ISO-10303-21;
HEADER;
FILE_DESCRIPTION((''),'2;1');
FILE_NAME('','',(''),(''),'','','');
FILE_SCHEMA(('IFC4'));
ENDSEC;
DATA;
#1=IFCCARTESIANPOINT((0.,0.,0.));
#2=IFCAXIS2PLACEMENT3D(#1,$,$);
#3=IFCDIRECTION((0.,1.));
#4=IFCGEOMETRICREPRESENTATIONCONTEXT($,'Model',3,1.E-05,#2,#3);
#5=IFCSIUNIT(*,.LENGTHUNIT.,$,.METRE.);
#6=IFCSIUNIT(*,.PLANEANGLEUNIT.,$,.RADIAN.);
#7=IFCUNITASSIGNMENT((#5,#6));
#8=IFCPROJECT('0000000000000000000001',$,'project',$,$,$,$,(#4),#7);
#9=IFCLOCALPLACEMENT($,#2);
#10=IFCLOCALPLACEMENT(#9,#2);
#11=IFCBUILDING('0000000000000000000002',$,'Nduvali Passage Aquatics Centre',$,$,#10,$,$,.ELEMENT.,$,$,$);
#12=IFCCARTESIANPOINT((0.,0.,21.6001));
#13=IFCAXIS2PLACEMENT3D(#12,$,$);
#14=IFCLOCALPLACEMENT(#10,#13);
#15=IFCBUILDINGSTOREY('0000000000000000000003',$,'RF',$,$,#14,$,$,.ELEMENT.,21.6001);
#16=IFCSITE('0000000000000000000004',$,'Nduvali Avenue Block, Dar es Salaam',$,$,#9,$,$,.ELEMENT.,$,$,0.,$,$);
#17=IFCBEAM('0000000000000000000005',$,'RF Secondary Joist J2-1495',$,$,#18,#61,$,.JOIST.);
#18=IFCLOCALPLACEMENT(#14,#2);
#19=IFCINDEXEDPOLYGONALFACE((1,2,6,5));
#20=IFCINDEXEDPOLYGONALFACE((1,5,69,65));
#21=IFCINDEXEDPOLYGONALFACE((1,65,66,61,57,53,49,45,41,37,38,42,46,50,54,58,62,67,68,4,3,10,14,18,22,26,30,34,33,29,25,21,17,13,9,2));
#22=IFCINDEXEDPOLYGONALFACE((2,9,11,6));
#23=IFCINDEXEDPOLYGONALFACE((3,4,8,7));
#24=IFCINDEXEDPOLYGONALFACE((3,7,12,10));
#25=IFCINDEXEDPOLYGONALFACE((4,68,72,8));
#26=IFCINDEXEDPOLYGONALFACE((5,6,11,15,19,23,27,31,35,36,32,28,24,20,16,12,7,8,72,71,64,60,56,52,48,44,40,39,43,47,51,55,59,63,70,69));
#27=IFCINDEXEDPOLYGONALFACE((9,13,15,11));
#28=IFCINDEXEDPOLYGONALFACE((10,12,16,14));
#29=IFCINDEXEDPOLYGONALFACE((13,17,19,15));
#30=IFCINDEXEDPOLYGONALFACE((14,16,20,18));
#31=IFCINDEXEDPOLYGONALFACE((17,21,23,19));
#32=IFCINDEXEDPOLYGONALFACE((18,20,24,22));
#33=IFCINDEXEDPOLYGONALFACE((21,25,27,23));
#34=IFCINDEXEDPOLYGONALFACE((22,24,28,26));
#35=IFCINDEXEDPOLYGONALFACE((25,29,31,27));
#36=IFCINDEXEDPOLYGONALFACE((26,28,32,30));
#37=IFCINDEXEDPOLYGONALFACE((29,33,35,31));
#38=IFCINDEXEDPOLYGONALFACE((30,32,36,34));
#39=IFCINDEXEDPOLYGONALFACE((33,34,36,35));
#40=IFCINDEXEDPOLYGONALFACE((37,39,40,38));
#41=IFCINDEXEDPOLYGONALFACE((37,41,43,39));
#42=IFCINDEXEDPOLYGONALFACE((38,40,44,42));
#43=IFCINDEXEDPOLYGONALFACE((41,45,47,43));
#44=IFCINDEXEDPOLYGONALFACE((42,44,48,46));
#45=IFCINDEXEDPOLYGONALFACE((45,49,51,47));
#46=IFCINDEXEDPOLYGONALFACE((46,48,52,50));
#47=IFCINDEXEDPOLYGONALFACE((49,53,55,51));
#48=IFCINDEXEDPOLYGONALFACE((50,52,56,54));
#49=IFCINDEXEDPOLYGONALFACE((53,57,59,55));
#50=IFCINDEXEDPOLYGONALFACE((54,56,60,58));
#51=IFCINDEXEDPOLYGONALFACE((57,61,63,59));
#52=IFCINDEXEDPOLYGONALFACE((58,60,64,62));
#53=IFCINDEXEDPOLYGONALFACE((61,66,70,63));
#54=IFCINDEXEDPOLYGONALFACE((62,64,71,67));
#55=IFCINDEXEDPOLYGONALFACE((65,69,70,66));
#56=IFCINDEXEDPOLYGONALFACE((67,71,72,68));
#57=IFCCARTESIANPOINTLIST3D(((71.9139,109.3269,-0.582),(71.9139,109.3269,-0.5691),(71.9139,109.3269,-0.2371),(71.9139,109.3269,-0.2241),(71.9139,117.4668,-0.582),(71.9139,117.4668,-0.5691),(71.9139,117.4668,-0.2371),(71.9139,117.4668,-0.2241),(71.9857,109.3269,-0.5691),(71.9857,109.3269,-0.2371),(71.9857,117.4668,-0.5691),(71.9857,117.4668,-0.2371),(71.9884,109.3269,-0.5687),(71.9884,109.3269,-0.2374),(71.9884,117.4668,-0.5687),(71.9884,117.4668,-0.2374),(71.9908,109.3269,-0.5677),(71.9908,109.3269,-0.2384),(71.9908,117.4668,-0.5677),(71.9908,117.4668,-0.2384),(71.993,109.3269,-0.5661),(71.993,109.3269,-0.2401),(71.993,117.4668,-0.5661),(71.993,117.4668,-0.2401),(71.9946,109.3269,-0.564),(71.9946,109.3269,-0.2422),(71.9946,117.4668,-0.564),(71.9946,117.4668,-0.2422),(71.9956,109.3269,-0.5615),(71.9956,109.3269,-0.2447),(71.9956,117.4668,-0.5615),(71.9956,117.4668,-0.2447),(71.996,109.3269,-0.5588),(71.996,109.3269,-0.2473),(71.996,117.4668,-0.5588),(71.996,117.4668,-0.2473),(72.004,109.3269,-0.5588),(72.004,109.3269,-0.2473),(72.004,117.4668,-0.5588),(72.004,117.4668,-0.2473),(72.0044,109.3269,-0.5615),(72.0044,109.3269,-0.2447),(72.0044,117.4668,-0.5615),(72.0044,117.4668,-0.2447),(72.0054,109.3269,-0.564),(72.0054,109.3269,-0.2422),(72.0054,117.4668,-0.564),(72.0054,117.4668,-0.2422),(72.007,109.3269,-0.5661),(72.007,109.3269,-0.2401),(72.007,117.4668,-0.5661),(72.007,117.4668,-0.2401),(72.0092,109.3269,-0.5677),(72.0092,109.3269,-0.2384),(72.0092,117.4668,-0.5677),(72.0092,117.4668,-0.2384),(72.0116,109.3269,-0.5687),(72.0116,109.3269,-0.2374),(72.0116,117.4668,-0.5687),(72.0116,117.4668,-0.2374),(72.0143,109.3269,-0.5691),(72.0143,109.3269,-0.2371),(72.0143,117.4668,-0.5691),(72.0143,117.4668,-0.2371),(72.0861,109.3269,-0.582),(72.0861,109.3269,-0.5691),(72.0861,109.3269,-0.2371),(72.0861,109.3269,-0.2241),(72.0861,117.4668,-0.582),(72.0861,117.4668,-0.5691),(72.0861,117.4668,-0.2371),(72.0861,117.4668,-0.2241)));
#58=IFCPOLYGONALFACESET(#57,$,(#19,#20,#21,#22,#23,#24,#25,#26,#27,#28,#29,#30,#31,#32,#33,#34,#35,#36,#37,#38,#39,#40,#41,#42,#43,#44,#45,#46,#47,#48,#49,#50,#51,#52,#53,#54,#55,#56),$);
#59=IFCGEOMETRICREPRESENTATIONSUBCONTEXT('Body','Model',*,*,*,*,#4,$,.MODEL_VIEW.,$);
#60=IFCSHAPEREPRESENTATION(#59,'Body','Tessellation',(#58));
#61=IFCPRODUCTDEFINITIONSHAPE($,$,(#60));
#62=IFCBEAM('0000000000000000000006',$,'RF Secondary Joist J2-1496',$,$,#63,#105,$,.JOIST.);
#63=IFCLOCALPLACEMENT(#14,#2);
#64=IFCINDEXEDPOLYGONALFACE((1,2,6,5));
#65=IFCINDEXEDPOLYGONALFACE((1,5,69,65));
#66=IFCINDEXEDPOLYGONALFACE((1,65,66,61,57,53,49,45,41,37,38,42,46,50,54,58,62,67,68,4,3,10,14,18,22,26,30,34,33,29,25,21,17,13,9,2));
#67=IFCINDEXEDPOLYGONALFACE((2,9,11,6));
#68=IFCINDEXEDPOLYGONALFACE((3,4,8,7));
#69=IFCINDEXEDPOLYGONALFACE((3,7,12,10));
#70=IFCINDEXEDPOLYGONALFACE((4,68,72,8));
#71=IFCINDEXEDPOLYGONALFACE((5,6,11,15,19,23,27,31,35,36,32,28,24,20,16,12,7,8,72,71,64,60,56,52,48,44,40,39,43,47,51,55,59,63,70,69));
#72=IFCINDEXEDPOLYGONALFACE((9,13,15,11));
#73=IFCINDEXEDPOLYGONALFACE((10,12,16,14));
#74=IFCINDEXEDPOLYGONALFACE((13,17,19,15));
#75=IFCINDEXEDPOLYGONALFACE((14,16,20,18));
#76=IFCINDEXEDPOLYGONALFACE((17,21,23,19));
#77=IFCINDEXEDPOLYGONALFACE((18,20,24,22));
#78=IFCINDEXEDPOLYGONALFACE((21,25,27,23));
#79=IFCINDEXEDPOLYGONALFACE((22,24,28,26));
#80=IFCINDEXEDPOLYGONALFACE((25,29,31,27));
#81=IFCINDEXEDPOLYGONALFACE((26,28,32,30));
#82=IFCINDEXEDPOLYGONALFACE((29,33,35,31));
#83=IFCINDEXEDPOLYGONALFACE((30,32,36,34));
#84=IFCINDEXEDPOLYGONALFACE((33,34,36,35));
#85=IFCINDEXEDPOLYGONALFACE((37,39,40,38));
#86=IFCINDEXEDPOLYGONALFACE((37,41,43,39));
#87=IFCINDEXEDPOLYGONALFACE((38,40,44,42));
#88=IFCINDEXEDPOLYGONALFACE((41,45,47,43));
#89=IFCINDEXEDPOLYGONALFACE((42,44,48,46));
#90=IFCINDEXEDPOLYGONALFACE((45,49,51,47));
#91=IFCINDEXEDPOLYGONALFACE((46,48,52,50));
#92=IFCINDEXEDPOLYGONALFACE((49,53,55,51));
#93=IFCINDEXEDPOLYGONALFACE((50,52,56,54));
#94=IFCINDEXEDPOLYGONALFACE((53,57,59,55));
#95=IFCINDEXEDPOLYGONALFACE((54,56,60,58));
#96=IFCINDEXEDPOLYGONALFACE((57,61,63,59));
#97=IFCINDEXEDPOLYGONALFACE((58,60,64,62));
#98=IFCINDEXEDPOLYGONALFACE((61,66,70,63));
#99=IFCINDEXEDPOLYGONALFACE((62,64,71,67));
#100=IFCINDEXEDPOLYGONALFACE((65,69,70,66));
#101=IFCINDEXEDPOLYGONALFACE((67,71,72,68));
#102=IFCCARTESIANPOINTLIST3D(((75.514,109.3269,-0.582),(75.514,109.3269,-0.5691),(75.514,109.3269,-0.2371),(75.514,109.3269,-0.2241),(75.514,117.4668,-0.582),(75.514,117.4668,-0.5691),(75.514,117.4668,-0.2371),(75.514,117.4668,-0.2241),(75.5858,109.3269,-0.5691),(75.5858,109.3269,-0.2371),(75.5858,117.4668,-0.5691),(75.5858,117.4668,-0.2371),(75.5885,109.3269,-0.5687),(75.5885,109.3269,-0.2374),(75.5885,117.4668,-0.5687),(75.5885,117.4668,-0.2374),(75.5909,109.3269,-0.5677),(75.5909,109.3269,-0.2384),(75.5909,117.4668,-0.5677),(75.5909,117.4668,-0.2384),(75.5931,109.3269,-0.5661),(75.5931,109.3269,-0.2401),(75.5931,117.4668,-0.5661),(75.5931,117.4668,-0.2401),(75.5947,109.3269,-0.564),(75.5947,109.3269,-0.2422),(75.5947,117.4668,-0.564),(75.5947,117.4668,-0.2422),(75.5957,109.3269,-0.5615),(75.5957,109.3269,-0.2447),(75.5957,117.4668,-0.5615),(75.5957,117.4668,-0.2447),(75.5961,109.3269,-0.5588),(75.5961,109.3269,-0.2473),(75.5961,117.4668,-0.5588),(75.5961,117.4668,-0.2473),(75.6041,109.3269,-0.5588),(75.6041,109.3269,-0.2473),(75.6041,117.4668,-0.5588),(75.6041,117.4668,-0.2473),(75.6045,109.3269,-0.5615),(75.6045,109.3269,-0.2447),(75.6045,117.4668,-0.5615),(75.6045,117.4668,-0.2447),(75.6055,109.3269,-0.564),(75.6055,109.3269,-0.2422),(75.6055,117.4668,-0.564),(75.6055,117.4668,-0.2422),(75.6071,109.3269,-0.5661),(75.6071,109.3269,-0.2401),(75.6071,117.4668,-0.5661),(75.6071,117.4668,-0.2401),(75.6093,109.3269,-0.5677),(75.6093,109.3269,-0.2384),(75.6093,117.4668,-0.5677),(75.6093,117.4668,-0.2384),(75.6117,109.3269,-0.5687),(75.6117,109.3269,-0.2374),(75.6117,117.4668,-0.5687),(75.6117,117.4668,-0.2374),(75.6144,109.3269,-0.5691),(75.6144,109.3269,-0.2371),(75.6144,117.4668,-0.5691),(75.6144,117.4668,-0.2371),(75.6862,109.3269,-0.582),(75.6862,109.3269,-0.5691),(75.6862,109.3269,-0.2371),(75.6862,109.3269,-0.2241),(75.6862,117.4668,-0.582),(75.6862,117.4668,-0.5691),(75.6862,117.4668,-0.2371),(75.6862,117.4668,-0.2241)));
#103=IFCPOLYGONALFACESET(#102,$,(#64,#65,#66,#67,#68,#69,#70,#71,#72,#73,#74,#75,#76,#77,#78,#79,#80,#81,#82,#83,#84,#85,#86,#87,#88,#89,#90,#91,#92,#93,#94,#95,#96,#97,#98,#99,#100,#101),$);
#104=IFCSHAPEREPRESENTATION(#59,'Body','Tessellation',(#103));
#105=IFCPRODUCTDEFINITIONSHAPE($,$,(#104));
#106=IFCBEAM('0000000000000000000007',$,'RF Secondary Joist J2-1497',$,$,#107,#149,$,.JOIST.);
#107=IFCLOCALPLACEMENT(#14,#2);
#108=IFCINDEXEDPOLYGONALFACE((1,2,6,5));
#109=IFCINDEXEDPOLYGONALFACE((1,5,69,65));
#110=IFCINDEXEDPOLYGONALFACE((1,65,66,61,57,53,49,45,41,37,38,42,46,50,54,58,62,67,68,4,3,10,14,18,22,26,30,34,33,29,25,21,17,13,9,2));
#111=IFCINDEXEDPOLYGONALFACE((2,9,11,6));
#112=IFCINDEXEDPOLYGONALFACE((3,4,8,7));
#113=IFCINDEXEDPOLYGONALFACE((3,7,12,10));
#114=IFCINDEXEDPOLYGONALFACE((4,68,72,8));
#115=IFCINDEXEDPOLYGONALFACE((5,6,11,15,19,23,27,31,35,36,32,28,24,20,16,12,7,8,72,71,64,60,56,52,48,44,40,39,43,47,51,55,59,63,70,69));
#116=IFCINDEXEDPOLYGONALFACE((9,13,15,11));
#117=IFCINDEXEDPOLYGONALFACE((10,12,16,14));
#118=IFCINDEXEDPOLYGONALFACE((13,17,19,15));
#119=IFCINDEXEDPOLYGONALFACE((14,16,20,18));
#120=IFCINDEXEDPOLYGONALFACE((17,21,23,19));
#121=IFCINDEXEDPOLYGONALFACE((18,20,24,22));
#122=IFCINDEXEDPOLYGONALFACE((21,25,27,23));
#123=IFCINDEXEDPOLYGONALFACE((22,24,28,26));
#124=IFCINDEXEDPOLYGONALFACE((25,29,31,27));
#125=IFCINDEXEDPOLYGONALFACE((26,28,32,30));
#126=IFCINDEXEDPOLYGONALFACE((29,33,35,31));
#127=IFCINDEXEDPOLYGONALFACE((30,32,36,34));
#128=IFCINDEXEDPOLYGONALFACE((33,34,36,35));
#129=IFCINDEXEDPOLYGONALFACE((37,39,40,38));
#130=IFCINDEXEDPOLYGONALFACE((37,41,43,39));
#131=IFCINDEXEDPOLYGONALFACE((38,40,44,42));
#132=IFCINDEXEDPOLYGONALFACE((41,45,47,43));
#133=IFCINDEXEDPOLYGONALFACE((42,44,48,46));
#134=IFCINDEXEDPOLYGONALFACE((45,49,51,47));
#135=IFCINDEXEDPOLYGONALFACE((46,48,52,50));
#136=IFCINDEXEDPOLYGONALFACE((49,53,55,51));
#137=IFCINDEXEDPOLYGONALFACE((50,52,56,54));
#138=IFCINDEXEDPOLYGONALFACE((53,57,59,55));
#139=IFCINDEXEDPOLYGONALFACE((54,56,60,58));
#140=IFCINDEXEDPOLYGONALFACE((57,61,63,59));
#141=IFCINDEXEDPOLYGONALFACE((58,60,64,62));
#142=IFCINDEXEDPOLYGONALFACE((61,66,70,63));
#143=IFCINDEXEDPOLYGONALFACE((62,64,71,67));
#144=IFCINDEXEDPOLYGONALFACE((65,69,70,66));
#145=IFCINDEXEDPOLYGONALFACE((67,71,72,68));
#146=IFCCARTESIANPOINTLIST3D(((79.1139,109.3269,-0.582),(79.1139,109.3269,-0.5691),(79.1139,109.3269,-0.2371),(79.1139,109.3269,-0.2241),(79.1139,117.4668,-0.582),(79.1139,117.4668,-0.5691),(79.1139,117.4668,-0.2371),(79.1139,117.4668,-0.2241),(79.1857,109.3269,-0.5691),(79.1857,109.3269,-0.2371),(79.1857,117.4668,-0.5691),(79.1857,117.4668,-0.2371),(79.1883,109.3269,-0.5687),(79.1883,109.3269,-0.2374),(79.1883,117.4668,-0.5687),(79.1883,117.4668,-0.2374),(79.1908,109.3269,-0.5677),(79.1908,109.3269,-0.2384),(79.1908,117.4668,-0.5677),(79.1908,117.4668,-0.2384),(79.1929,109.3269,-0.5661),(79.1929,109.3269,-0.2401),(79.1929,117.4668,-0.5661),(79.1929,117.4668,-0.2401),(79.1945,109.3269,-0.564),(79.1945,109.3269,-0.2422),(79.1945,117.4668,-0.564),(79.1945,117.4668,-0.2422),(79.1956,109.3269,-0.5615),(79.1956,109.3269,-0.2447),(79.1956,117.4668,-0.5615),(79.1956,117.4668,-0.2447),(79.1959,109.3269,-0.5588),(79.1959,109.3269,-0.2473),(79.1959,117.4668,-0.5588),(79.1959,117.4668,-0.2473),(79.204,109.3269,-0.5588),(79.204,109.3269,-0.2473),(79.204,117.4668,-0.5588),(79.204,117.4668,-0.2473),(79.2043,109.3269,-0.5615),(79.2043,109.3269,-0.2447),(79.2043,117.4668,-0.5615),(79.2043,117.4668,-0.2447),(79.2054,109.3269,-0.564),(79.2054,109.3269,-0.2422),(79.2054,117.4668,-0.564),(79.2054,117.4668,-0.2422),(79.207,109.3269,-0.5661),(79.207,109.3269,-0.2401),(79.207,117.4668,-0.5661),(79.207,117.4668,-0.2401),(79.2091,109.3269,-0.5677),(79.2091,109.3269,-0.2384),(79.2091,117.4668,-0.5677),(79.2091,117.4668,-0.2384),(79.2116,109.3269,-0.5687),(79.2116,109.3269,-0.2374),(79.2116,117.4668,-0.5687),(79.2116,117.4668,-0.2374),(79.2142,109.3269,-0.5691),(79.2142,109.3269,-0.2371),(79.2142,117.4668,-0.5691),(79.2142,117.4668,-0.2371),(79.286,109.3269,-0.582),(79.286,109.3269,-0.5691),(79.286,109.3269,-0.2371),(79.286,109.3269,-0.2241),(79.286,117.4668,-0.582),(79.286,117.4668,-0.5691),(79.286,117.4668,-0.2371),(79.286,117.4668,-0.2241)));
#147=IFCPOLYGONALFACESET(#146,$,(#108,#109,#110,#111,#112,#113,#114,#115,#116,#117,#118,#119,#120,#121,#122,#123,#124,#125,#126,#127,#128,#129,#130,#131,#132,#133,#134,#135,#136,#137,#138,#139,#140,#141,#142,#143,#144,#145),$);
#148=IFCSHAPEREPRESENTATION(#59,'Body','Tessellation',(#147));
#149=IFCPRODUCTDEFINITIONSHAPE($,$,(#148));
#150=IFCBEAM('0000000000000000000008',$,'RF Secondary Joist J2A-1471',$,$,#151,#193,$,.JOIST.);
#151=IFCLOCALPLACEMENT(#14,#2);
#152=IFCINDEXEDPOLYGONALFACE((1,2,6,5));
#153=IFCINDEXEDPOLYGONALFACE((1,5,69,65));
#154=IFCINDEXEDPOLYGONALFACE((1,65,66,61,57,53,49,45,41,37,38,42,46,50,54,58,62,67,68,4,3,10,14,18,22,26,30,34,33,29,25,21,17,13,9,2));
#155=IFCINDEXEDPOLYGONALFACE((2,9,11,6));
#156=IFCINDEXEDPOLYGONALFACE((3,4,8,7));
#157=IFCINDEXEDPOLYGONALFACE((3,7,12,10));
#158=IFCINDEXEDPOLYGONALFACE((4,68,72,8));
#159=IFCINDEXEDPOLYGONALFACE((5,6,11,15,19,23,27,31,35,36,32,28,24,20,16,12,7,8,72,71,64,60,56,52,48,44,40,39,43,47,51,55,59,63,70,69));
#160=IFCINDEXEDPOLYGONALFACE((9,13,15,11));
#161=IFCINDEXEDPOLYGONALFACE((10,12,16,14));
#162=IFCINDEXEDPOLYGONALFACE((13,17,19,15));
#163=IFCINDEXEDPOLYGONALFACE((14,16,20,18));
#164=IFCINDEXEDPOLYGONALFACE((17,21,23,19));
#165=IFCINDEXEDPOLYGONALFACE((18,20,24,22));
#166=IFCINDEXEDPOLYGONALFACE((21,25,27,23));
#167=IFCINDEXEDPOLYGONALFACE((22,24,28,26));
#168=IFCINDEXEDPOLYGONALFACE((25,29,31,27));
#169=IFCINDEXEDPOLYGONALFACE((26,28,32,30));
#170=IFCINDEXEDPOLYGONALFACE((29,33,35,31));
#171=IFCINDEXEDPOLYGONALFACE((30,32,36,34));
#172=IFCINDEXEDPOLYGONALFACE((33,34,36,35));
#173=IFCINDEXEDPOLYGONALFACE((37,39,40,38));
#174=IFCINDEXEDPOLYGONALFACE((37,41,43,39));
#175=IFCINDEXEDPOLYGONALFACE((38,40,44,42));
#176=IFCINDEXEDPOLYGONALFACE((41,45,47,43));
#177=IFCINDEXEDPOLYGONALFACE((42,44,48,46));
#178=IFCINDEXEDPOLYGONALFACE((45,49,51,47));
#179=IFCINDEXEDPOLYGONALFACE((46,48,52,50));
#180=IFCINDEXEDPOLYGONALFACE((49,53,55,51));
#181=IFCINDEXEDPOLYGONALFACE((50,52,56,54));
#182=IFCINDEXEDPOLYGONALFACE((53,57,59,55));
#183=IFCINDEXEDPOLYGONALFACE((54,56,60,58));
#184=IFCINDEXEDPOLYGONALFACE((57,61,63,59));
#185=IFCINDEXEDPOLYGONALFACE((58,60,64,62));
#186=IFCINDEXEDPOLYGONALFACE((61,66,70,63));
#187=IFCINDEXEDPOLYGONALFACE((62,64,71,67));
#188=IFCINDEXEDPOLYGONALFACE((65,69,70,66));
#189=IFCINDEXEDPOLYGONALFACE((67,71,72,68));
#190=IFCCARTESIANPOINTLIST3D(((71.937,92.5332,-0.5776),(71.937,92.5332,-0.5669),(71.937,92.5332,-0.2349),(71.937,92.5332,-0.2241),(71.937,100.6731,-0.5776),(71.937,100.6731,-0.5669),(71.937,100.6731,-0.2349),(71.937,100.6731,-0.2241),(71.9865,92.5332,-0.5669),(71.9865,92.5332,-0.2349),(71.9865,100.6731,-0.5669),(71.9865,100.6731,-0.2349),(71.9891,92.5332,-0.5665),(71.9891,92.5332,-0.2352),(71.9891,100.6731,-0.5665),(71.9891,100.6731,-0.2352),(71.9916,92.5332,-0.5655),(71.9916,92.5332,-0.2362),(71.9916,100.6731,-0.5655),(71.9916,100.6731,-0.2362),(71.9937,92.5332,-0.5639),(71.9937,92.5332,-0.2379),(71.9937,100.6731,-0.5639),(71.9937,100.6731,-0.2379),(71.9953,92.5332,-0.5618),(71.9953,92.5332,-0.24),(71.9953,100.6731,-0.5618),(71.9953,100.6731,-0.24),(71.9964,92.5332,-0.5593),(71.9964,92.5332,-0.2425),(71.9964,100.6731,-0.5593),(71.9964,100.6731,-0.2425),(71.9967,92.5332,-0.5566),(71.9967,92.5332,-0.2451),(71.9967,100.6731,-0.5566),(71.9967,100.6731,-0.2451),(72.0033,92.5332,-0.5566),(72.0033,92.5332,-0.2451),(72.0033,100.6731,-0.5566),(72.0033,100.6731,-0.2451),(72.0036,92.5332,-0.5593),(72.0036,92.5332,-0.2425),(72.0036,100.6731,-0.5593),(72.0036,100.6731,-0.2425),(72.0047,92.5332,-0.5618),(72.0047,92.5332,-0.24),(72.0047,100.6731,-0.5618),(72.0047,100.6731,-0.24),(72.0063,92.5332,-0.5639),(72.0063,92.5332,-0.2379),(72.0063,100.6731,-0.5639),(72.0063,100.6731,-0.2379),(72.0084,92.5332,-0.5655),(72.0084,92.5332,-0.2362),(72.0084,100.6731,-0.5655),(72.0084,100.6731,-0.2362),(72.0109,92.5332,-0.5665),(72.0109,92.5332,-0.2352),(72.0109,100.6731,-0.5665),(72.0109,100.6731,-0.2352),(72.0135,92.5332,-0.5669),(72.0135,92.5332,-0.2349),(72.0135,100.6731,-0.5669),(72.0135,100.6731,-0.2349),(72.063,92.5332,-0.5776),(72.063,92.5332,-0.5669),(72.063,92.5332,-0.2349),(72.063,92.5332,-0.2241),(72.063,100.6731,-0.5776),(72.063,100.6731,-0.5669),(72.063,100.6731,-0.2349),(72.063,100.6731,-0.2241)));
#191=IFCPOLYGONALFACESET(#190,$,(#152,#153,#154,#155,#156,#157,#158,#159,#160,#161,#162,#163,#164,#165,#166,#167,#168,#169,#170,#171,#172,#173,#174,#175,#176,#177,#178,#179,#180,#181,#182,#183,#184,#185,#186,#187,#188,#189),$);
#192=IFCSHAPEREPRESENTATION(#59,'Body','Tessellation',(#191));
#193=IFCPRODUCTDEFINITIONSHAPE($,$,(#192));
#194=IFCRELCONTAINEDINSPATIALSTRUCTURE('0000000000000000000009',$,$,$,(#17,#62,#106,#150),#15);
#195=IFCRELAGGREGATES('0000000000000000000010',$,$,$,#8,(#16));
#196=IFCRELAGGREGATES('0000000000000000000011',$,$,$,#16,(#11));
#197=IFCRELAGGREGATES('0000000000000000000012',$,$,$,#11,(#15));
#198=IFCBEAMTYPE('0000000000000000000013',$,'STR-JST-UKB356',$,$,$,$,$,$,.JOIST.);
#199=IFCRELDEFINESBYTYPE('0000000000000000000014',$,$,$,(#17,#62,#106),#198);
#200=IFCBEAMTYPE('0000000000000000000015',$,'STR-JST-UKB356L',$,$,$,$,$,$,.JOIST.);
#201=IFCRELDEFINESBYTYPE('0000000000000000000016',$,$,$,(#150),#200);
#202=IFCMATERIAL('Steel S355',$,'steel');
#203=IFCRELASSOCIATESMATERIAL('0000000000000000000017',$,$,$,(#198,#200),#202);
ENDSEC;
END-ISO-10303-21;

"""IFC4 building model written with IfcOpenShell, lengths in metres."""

from ifc_helpers import new_model, si_unit, direction, frame, origin, origin_2d, place, context, subcontext, project, spatial, i_section, extrude, material, material_profile, profile_set, type_object, element, save


model = new_model("IFC4")

# Units and contexts
model_context = context("Model", 3, precision=1e-05, world=origin(), true_north=direction((0.0, 1.0)))
body_context = subcontext(model_context, "Body", "Model", "MODEL_VIEW")
ifc_project = project(units=[si_unit("LENGTHUNIT", "METRE"), si_unit("PLANEANGLEUNIT", "RADIAN")], contexts=[model_context])

# Site, building, storey
site_placement = place(None, origin())
site = spatial("IfcSite", under=ifc_project, at=site_placement, Name="Nduvali Avenue Block, Dar es Salaam", CompositionType="ELEMENT", RefElevation=0.0)
building_placement = place(site_placement, origin())
building = spatial("IfcBuilding", under=site, at=building_placement, Name="Nduvali Passage Aquatics Centre", CompositionType="ELEMENT")
storey_placement = place(building_placement, frame((0.0, 0.0, 21.6001)))
storey = spatial("IfcBuildingStorey", under=building, at=storey_placement, Name="RF", CompositionType="ELEMENT", Elevation=21.6001)

# Beams
ifc_material_1 = material(Name="Steel S355", Category="steel")
ifc_material_profile_1 = material_profile(ifc_material_1, i_section(OverallWidth=0.1721, OverallDepth=0.3579, WebThickness=0.0081, FlangeThickness=0.0129, FilletRadius=0.0103, at=origin_2d()), Name="UKB 356x171x57")
ifc_profile_set_1 = profile_set([ifc_material_profile_1], Name="Steel S355")
beam_type_1 = type_object("IfcBeamType", Name="STR-JST-UKB356", PredefinedType="JOIST", material=ifc_profile_set_1)
for number, where, z_axis, x_axis, name in (
    (1, (72.0, 109.3269, -0.4031), (0.0, 1.0, 0.0), (-1.0, 0.0, 0.0), "RF Secondary Joist J2-1495"),
    (2, (75.6001, 109.3269, -0.4031), (0.0, 1.0, 0.0), (-1.0, 0.0, 0.0), "RF Secondary Joist J2-1496"),
    (3, (79.2, 109.3269, -0.4031), (0.0, 1.0, 0.0), (-1.0, 0.0, 0.0), "RF Secondary Joist J2-1497"),
):
    element("IfcBeam", number, at=place(storey_placement, frame(where, z_axis=z_axis, x_axis=x_axis)), inside=storey, type_object=beam_type_1, Name=name, PredefinedType="JOIST", context=body_context, shape_type="SweptSolid", body=[
        extrude(i_section(OverallWidth=0.1721, OverallDepth=0.3579, WebThickness=0.0081, FlangeThickness=0.0129, FilletRadius=0.0103, at=origin_2d()), origin(), (0.0, 0.0, 1.0), 8.1399),
    ])
ifc_material_profile_2 = material_profile(ifc_material_1, i_section(OverallWidth=0.126, OverallDepth=0.3535, WebThickness=0.0066, FlangeThickness=0.0107, FilletRadius=0.0103, at=origin_2d()), Name="UKB 356x127x39")
ifc_profile_set_2 = profile_set([ifc_material_profile_2], Name="Steel S355")
beam_type_2 = type_object("IfcBeamType", Name="STR-JST-UKB356L", PredefinedType="JOIST", material=ifc_profile_set_2)
for number, where, z_axis, x_axis, name in (
    (4, (72.0, 92.5332, -0.4009), (0.0, 1.0, 0.0), (-1.0, 0.0, 0.0), "RF Secondary Joist J2A-1471"),
):
    element("IfcBeam", number, at=place(storey_placement, frame(where, z_axis=z_axis, x_axis=x_axis)), inside=storey, type_object=beam_type_2, Name=name, PredefinedType="JOIST", context=body_context, shape_type="SweptSolid", body=[
        extrude(i_section(OverallWidth=0.126, OverallDepth=0.3535, WebThickness=0.0066, FlangeThickness=0.0107, FilletRadius=0.0103, at=origin_2d()), origin(), (0.0, 0.0, 1.0), 8.1399),
    ])

save(model, "model.ifc")
